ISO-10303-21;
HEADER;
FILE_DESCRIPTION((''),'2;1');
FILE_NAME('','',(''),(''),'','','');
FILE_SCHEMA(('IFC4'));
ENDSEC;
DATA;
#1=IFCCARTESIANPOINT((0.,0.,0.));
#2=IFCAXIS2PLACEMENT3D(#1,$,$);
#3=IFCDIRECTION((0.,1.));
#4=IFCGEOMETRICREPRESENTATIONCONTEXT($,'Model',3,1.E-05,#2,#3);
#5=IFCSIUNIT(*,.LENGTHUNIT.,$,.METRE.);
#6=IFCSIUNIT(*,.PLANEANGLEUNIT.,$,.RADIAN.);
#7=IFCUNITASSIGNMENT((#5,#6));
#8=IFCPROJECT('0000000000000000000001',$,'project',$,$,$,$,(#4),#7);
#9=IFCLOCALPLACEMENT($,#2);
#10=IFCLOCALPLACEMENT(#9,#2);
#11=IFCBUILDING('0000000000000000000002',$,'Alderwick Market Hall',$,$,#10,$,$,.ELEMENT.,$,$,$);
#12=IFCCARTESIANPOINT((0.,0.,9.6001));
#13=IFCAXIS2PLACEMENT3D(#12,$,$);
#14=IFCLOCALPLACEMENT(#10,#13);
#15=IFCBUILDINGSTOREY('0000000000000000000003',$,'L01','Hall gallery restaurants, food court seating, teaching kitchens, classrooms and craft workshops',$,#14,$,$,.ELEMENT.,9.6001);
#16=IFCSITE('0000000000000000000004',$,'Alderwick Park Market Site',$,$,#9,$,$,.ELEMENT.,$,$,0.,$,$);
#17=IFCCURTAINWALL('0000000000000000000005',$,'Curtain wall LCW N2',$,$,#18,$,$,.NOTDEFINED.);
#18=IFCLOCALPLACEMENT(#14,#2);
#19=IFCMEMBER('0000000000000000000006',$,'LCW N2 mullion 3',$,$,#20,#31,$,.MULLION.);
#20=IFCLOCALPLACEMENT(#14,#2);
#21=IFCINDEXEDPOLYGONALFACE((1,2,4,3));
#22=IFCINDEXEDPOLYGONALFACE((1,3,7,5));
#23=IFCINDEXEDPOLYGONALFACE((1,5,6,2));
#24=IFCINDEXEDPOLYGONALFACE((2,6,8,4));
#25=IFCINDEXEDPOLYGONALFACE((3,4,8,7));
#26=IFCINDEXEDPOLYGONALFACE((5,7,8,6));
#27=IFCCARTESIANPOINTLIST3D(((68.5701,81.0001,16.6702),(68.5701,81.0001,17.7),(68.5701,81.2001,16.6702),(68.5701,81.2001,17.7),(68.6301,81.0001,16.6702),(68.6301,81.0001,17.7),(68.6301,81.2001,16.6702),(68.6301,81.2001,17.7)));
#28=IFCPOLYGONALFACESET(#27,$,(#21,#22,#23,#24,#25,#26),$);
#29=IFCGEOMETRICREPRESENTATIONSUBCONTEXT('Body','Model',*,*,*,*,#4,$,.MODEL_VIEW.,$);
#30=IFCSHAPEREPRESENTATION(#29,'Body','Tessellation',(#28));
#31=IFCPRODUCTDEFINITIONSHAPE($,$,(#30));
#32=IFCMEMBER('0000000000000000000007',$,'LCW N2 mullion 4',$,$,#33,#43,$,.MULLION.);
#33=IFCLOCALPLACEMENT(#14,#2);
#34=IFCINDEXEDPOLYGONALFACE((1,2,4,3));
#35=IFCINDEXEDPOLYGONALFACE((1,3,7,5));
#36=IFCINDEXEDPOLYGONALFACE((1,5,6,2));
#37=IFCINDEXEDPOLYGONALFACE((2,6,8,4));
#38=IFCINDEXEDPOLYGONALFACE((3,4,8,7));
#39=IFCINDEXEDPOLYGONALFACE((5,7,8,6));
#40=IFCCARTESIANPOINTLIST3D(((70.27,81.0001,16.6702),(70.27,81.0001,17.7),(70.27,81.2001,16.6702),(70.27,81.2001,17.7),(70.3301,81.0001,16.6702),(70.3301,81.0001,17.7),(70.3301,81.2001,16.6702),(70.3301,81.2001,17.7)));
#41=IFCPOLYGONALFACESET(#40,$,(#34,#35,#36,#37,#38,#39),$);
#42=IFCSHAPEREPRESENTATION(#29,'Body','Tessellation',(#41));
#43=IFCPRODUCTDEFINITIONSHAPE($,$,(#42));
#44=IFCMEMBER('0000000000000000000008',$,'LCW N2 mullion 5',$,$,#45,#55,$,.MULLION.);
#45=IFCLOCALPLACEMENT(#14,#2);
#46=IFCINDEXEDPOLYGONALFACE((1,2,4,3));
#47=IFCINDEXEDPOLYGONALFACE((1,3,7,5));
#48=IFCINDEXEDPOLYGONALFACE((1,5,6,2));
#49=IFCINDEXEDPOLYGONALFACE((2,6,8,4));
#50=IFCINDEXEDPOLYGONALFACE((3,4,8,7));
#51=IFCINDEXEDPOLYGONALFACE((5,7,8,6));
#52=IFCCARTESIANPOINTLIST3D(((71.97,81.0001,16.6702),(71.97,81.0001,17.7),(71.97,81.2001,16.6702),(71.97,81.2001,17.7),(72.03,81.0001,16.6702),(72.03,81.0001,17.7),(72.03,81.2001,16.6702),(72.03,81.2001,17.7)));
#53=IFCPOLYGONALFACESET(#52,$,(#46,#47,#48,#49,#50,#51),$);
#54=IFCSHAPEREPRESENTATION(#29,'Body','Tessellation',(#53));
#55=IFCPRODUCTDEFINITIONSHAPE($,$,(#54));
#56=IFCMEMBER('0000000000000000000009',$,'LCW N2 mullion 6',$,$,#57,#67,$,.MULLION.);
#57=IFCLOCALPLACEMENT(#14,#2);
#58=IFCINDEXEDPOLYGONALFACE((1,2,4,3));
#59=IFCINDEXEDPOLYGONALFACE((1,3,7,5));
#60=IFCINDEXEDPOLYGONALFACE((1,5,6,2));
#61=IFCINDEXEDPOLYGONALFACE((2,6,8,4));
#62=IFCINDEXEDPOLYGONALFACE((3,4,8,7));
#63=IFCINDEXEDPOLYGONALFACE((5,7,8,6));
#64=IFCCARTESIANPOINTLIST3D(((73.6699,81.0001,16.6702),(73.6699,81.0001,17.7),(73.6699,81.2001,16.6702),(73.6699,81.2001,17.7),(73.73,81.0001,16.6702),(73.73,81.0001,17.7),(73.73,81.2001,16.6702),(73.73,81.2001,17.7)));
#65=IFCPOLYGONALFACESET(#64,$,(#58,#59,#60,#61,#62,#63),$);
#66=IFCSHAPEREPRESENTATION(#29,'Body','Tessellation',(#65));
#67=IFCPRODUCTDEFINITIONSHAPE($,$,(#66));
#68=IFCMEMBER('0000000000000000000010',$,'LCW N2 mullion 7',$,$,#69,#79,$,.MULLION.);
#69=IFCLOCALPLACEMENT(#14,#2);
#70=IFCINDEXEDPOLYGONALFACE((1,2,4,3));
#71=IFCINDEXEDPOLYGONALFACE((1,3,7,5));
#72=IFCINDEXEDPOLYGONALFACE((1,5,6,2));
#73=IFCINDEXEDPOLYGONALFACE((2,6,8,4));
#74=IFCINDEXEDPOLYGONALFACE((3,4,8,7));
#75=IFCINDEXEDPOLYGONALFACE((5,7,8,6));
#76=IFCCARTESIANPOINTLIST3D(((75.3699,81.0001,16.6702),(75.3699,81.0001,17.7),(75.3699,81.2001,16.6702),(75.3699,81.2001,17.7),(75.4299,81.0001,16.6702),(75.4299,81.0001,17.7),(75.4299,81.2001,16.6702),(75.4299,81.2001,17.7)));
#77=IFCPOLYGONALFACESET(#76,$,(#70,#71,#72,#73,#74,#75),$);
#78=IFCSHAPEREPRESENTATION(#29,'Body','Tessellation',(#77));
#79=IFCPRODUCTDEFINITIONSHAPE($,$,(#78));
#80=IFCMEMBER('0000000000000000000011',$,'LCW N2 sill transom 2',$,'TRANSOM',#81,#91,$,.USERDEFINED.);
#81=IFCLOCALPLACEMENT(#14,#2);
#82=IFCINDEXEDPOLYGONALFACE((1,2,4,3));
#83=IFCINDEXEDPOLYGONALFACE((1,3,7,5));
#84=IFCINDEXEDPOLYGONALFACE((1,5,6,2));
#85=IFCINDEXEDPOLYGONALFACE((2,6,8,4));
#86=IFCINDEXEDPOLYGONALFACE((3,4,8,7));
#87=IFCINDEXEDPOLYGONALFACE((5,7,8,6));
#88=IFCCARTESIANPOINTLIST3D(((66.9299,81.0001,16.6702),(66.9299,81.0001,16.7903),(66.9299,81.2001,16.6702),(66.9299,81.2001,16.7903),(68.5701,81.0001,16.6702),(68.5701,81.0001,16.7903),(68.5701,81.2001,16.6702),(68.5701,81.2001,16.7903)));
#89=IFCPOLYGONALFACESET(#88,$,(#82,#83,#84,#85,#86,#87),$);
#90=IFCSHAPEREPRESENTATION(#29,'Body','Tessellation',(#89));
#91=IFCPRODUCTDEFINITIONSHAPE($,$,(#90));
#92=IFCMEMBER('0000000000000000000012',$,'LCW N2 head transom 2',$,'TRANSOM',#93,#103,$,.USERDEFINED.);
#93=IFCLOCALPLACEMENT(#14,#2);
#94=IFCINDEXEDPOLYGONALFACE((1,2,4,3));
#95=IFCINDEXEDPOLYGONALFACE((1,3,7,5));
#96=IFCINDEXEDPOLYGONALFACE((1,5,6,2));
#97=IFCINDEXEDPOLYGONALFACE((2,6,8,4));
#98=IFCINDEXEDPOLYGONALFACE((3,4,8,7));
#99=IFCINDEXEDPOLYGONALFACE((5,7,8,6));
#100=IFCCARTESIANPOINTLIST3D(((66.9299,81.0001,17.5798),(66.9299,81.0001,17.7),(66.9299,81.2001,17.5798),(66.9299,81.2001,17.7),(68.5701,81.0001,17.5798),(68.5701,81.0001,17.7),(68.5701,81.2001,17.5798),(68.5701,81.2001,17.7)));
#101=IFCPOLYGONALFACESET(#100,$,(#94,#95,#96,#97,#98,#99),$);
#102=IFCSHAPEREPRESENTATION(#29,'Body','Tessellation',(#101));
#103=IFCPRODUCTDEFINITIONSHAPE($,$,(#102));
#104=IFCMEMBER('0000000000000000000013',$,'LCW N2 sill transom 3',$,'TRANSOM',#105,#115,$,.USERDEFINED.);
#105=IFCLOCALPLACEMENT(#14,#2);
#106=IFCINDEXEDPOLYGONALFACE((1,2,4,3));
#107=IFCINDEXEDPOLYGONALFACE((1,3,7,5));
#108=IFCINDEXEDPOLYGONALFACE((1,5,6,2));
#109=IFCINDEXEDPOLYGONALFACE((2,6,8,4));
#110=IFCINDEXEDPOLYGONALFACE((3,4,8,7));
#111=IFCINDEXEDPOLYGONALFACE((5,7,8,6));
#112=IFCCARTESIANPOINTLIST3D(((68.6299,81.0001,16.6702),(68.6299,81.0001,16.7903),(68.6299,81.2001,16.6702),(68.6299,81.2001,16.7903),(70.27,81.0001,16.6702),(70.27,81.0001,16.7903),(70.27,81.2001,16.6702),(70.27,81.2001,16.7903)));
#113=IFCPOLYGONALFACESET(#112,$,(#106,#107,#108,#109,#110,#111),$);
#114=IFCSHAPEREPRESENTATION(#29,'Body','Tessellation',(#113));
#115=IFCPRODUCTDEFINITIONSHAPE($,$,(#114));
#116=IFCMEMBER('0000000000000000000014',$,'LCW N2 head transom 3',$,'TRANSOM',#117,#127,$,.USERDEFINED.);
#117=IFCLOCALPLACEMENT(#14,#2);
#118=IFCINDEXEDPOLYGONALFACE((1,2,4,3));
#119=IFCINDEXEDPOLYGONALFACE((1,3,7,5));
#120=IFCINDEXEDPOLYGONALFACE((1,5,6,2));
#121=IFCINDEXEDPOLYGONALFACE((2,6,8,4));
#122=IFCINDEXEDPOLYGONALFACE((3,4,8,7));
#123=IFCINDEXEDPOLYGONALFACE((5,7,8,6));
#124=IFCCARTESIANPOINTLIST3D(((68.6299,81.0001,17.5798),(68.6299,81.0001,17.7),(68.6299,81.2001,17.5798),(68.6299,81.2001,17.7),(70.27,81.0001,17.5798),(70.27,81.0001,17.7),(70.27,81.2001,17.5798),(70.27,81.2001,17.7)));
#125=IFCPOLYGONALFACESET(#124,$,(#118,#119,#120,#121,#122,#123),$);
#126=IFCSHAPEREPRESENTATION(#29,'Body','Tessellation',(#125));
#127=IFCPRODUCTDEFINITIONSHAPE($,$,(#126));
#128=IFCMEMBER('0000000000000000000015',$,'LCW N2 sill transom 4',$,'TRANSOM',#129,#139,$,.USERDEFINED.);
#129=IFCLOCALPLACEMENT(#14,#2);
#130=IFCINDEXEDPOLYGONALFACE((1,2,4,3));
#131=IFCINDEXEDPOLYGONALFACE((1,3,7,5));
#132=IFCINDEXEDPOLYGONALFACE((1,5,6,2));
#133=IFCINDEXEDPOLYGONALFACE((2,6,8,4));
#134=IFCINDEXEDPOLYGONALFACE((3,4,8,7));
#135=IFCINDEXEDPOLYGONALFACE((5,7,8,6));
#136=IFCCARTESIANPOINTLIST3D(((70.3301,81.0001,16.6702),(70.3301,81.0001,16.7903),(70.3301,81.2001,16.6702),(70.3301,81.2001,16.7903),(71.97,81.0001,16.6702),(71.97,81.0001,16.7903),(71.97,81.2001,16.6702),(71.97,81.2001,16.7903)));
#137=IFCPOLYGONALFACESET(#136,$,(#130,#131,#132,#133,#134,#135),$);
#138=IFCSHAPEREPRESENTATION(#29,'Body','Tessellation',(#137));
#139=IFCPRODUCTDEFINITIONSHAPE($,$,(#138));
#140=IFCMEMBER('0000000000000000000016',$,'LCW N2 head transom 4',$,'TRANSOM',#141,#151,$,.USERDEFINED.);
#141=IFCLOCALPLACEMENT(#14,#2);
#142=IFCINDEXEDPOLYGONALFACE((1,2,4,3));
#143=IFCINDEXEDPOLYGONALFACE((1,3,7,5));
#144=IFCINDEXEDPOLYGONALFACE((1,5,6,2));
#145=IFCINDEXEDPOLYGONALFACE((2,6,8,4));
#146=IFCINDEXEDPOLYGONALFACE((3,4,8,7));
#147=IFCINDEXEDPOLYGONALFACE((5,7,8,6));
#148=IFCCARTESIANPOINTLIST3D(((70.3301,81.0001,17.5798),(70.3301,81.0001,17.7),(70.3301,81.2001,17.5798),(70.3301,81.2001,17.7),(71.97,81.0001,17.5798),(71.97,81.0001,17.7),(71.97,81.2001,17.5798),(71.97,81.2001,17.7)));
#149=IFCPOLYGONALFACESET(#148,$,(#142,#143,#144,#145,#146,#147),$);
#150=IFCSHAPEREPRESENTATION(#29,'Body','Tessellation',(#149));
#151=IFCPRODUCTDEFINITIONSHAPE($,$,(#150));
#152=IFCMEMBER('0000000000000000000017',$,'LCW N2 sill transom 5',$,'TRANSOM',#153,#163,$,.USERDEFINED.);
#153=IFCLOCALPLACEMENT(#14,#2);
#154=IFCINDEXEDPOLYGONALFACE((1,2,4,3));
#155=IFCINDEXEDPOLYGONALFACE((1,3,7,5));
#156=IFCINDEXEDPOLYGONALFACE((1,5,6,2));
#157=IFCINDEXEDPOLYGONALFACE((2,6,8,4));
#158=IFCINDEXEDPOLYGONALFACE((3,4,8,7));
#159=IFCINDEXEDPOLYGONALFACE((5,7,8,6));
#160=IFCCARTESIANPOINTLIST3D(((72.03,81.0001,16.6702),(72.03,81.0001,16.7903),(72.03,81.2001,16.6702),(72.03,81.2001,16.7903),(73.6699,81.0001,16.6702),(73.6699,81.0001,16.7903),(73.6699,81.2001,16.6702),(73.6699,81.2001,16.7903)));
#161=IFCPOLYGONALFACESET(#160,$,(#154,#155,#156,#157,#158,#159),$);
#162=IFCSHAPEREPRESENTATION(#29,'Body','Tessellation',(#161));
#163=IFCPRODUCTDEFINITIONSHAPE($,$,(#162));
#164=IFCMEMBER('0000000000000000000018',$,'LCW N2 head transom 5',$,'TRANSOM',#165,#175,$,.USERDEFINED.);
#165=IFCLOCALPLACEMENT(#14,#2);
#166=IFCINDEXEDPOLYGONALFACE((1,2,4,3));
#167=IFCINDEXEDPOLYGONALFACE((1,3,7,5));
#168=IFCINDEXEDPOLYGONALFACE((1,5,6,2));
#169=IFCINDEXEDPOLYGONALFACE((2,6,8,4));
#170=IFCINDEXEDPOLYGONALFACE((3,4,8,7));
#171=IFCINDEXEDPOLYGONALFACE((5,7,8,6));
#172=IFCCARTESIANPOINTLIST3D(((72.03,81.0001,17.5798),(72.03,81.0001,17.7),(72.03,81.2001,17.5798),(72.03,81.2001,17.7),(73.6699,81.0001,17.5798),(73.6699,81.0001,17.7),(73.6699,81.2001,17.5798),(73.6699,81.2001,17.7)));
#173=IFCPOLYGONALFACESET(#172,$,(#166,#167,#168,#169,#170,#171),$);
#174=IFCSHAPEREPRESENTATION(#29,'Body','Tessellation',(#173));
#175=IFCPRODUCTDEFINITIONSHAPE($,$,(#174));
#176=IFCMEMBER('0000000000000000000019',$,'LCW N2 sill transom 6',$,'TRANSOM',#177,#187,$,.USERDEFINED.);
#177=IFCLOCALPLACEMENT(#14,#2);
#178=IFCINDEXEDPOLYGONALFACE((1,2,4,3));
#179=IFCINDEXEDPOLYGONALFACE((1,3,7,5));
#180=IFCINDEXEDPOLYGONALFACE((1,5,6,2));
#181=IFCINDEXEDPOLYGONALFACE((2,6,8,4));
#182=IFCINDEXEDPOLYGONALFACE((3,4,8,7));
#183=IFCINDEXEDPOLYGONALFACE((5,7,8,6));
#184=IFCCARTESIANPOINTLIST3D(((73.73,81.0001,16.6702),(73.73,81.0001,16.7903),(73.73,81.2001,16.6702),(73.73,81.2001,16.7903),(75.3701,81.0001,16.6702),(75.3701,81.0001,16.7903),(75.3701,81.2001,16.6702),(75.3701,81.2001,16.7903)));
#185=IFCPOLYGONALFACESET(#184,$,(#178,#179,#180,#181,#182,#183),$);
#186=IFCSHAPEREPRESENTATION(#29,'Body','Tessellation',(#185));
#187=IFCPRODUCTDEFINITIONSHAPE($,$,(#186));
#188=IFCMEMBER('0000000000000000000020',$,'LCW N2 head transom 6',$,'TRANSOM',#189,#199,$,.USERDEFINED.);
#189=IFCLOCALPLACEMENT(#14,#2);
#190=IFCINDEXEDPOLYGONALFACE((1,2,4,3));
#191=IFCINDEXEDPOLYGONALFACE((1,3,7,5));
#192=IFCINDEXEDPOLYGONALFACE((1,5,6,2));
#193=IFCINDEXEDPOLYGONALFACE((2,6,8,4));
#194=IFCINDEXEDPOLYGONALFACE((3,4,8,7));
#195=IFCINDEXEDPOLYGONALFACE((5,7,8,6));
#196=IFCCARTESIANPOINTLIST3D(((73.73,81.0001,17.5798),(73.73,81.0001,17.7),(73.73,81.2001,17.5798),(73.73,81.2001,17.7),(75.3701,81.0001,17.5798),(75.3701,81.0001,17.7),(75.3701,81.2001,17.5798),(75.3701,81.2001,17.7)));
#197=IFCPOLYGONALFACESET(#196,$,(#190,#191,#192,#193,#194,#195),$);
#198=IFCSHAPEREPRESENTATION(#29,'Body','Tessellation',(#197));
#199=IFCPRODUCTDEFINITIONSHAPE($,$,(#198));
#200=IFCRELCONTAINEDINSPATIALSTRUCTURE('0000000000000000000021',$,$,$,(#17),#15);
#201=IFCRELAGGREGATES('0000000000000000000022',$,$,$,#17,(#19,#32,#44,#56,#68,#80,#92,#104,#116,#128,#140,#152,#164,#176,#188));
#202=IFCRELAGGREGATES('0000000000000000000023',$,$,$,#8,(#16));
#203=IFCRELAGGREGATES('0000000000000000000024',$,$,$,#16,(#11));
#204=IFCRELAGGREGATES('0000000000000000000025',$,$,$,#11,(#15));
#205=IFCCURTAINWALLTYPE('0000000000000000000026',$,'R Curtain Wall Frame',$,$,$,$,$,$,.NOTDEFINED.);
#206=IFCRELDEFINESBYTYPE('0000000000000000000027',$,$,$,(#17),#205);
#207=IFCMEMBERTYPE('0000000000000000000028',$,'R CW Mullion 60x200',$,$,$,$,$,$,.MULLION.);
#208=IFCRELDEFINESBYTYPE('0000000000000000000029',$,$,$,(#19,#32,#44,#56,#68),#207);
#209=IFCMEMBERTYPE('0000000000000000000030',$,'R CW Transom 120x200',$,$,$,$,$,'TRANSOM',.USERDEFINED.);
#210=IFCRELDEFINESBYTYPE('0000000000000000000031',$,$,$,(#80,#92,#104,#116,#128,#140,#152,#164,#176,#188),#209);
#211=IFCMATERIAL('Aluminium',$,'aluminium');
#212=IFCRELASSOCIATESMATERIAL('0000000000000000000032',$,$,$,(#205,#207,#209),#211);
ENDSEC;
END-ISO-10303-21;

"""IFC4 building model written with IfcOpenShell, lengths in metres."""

from ifc_helpers import new_model, si_unit, direction, frame, origin, origin_2d, place, context, subcontext, project, spatial, rectangle, extrude, material, material_profile, profile_set, type_object, element, aggregate, save


model = new_model("IFC4")

# Units and contexts
model_context = context("Model", 3, precision=1e-05, world=origin(), true_north=direction((0.0, 1.0)))
body_context = subcontext(model_context, "Body", "Model", "MODEL_VIEW")
ifc_project = project(units=[si_unit("LENGTHUNIT", "METRE"), si_unit("PLANEANGLEUNIT", "RADIAN")], contexts=[model_context])

# Site, building, storey
site_placement = place(None, origin())
site = spatial("IfcSite", under=ifc_project, at=site_placement, Name="Alderwick Park Market Site", CompositionType="ELEMENT", RefElevation=0.0)
building_placement = place(site_placement, origin())
building = spatial("IfcBuilding", under=site, at=building_placement, Name="Alderwick Market Hall", CompositionType="ELEMENT")
storey_placement = place(building_placement, frame((0.0, 0.0, 9.6001)))
storey = spatial("IfcBuildingStorey", under=building, at=storey_placement, Name="L01", Description="Hall gallery restaurants, food court seating, teaching kitchens, classrooms and craft workshops", CompositionType="ELEMENT", Elevation=9.6001)

# Curtain wall, members
ifc_material_1 = material(Name="Aluminium", Category="aluminium")
curtain_wall_type = type_object("IfcCurtainWallType", Name="R Curtain Wall Frame", PredefinedType="NOTDEFINED", material=ifc_material_1)
curtain_wall_placement = place(storey_placement, origin())
curtain_wall = element("IfcCurtainWall", 1, at=curtain_wall_placement, inside=storey, type_object=curtain_wall_type, Name="Curtain wall LCW N2", PredefinedType="NOTDEFINED")
ifc_material_profile_1 = material_profile(ifc_material_1, rectangle(XDim=0.2, YDim=0.0601, at=origin_2d()), Name="AL 60x200")
ifc_profile_set_1 = profile_set([ifc_material_profile_1], Name="Aluminium")
member_type_1 = type_object("IfcMemberType", Name="R CW Mullion 60x200", PredefinedType="MULLION", material=ifc_profile_set_1)
member_1_placement = place(storey_placement, frame((68.6001, 81.1001, 16.6702), z_axis=(0.0, 0.0, 1.0), x_axis=(0.0, 1.0, 0.0)))
member_1 = element("IfcMember", 2, at=member_1_placement, type_object=member_type_1, Name="LCW N2 mullion 3", PredefinedType="MULLION", context=body_context, shape_type="SweptSolid", body=[
    extrude(rectangle(XDim=0.2, YDim=0.0601, at=origin_2d()), origin(), (0.0, 0.0, 1.0), 1.0298),
])
member_2_placement = place(storey_placement, frame((70.3, 81.1001, 16.6702), z_axis=(0.0, 0.0, 1.0), x_axis=(0.0, 1.0, 0.0)))
member_2 = element("IfcMember", 3, at=member_2_placement, type_object=member_type_1, Name="LCW N2 mullion 4", PredefinedType="MULLION", context=body_context, shape_type="SweptSolid", body=[
    extrude(rectangle(XDim=0.2, YDim=0.0601, at=origin_2d()), origin(), (0.0, 0.0, 1.0), 1.0298),
])
member_3_placement = place(storey_placement, frame((72.0, 81.1001, 16.6702), z_axis=(0.0, 0.0, 1.0), x_axis=(0.0, 1.0, 0.0)))
member_3 = element("IfcMember", 4, at=member_3_placement, type_object=member_type_1, Name="LCW N2 mullion 5", PredefinedType="MULLION", context=body_context, shape_type="SweptSolid", body=[
    extrude(rectangle(XDim=0.2, YDim=0.0601, at=origin_2d()), origin(), (0.0, 0.0, 1.0), 1.0298),
])
member_4_placement = place(storey_placement, frame((73.7, 81.1001, 16.6702), z_axis=(0.0, 0.0, 1.0), x_axis=(0.0, 1.0, 0.0)))
member_4 = element("IfcMember", 5, at=member_4_placement, type_object=member_type_1, Name="LCW N2 mullion 6", PredefinedType="MULLION", context=body_context, shape_type="SweptSolid", body=[
    extrude(rectangle(XDim=0.2, YDim=0.0601, at=origin_2d()), origin(), (0.0, 0.0, 1.0), 1.0298),
])
member_5_placement = place(storey_placement, frame((75.3999, 81.1001, 16.6702), z_axis=(0.0, 0.0, 1.0), x_axis=(0.0, 1.0, 0.0)))
member_5 = element("IfcMember", 6, at=member_5_placement, type_object=member_type_1, Name="LCW N2 mullion 7", PredefinedType="MULLION", context=body_context, shape_type="SweptSolid", body=[
    extrude(rectangle(XDim=0.2, YDim=0.0601, at=origin_2d()), origin(), (0.0, 0.0, 1.0), 1.0298),
])
ifc_material_profile_2 = material_profile(ifc_material_1, rectangle(XDim=0.2, YDim=0.1201, at=origin_2d()), Name="AL 120x200")
ifc_profile_set_2 = profile_set([ifc_material_profile_2], Name="Aluminium")
member_type_2 = type_object("IfcMemberType", Name="R CW Transom 120x200", ElementType="TRANSOM", PredefinedType="USERDEFINED", material=ifc_profile_set_2)
member_6_placement = place(storey_placement, frame((66.9299, 81.1001, 16.7302), z_axis=(1.0, 0.0, 0.0), x_axis=(0.0, 1.0, 0.0)))
member_6 = element("IfcMember", 7, at=member_6_placement, type_object=member_type_2, Name="LCW N2 sill transom 2", ObjectType="TRANSOM", PredefinedType="USERDEFINED", context=body_context, shape_type="SweptSolid", body=[
    extrude(rectangle(XDim=0.2, YDim=0.1201, at=origin_2d()), origin(), (0.0, 0.0, 1.0), 1.6401),
])
member_7_placement = place(storey_placement, frame((66.9299, 81.1001, 17.6399), z_axis=(1.0, 0.0, 0.0), x_axis=(0.0, 1.0, 0.0)))
member_7 = element("IfcMember", 8, at=member_7_placement, type_object=member_type_2, Name="LCW N2 head transom 2", ObjectType="TRANSOM", PredefinedType="USERDEFINED", context=body_context, shape_type="SweptSolid", body=[
    extrude(rectangle(XDim=0.2, YDim=0.1201, at=origin_2d()), origin(), (0.0, 0.0, 1.0), 1.6401),
])
member_8_placement = place(storey_placement, frame((68.6299, 81.1001, 16.7302), z_axis=(1.0, 0.0, 0.0), x_axis=(0.0, 1.0, 0.0)))
member_8 = element("IfcMember", 9, at=member_8_placement, type_object=member_type_2, Name="LCW N2 sill transom 3", ObjectType="TRANSOM", PredefinedType="USERDEFINED", context=body_context, shape_type="SweptSolid", body=[
    extrude(rectangle(XDim=0.2, YDim=0.1201, at=origin_2d()), origin(), (0.0, 0.0, 1.0), 1.6401),
])
member_9_placement = place(storey_placement, frame((68.6299, 81.1001, 17.6399), z_axis=(1.0, 0.0, 0.0), x_axis=(0.0, 1.0, 0.0)))
member_9 = element("IfcMember", 10, at=member_9_placement, type_object=member_type_2, Name="LCW N2 head transom 3", ObjectType="TRANSOM", PredefinedType="USERDEFINED", context=body_context, shape_type="SweptSolid", body=[
    extrude(rectangle(XDim=0.2, YDim=0.1201, at=origin_2d()), origin(), (0.0, 0.0, 1.0), 1.6401),
])
member_10_placement = place(storey_placement, frame((70.3301, 81.1001, 16.7302), z_axis=(1.0, 0.0, 0.0), x_axis=(0.0, 1.0, 0.0)))
member_10 = element("IfcMember", 11, at=member_10_placement, type_object=member_type_2, Name="LCW N2 sill transom 4", ObjectType="TRANSOM", PredefinedType="USERDEFINED", context=body_context, shape_type="SweptSolid", body=[
    extrude(rectangle(XDim=0.2, YDim=0.1201, at=origin_2d()), origin(), (0.0, 0.0, 1.0), 1.6399),
])
member_11_placement = place(storey_placement, frame((70.3301, 81.1001, 17.6399), z_axis=(1.0, 0.0, 0.0), x_axis=(0.0, 1.0, 0.0)))
member_11 = element("IfcMember", 12, at=member_11_placement, type_object=member_type_2, Name="LCW N2 head transom 4", ObjectType="TRANSOM", PredefinedType="USERDEFINED", context=body_context, shape_type="SweptSolid", body=[
    extrude(rectangle(XDim=0.2, YDim=0.1201, at=origin_2d()), origin(), (0.0, 0.0, 1.0), 1.6399),
])
member_12_placement = place(storey_placement, frame((72.03, 81.1001, 16.7302), z_axis=(1.0, 0.0, 0.0), x_axis=(0.0, 1.0, 0.0)))
member_12 = element("IfcMember", 13, at=member_12_placement, type_object=member_type_2, Name="LCW N2 sill transom 5", ObjectType="TRANSOM", PredefinedType="USERDEFINED", context=body_context, shape_type="SweptSolid", body=[
    extrude(rectangle(XDim=0.2, YDim=0.1201, at=origin_2d()), origin(), (0.0, 0.0, 1.0), 1.6399),
])
member_13_placement = place(storey_placement, frame((72.03, 81.1001, 17.6399), z_axis=(1.0, 0.0, 0.0), x_axis=(0.0, 1.0, 0.0)))
member_13 = element("IfcMember", 14, at=member_13_placement, type_object=member_type_2, Name="LCW N2 head transom 5", ObjectType="TRANSOM", PredefinedType="USERDEFINED", context=body_context, shape_type="SweptSolid", body=[
    extrude(rectangle(XDim=0.2, YDim=0.1201, at=origin_2d()), origin(), (0.0, 0.0, 1.0), 1.6399),
])
member_14_placement = place(storey_placement, frame((73.73, 81.1001, 16.7302), z_axis=(1.0, 0.0, 0.0), x_axis=(0.0, 1.0, 0.0)))
member_14 = element("IfcMember", 15, at=member_14_placement, type_object=member_type_2, Name="LCW N2 sill transom 6", ObjectType="TRANSOM", PredefinedType="USERDEFINED", context=body_context, shape_type="SweptSolid", body=[
    extrude(rectangle(XDim=0.2, YDim=0.1201, at=origin_2d()), origin(), (0.0, 0.0, 1.0), 1.6401),
])
member_15_placement = place(storey_placement, frame((73.73, 81.1001, 17.6399), z_axis=(1.0, 0.0, 0.0), x_axis=(0.0, 1.0, 0.0)))
member_15 = element("IfcMember", 16, at=member_15_placement, type_object=member_type_2, Name="LCW N2 head transom 6", ObjectType="TRANSOM", PredefinedType="USERDEFINED", context=body_context, shape_type="SweptSolid", body=[
    extrude(rectangle(XDim=0.2, YDim=0.1201, at=origin_2d()), origin(), (0.0, 0.0, 1.0), 1.6401),
])
aggregate(curtain_wall, [member_1, member_2, member_3, member_4, member_5, member_6, member_7, member_8, member_9, member_10, member_11, member_12, member_13, member_14, member_15])

save(model, "model.ifc")
